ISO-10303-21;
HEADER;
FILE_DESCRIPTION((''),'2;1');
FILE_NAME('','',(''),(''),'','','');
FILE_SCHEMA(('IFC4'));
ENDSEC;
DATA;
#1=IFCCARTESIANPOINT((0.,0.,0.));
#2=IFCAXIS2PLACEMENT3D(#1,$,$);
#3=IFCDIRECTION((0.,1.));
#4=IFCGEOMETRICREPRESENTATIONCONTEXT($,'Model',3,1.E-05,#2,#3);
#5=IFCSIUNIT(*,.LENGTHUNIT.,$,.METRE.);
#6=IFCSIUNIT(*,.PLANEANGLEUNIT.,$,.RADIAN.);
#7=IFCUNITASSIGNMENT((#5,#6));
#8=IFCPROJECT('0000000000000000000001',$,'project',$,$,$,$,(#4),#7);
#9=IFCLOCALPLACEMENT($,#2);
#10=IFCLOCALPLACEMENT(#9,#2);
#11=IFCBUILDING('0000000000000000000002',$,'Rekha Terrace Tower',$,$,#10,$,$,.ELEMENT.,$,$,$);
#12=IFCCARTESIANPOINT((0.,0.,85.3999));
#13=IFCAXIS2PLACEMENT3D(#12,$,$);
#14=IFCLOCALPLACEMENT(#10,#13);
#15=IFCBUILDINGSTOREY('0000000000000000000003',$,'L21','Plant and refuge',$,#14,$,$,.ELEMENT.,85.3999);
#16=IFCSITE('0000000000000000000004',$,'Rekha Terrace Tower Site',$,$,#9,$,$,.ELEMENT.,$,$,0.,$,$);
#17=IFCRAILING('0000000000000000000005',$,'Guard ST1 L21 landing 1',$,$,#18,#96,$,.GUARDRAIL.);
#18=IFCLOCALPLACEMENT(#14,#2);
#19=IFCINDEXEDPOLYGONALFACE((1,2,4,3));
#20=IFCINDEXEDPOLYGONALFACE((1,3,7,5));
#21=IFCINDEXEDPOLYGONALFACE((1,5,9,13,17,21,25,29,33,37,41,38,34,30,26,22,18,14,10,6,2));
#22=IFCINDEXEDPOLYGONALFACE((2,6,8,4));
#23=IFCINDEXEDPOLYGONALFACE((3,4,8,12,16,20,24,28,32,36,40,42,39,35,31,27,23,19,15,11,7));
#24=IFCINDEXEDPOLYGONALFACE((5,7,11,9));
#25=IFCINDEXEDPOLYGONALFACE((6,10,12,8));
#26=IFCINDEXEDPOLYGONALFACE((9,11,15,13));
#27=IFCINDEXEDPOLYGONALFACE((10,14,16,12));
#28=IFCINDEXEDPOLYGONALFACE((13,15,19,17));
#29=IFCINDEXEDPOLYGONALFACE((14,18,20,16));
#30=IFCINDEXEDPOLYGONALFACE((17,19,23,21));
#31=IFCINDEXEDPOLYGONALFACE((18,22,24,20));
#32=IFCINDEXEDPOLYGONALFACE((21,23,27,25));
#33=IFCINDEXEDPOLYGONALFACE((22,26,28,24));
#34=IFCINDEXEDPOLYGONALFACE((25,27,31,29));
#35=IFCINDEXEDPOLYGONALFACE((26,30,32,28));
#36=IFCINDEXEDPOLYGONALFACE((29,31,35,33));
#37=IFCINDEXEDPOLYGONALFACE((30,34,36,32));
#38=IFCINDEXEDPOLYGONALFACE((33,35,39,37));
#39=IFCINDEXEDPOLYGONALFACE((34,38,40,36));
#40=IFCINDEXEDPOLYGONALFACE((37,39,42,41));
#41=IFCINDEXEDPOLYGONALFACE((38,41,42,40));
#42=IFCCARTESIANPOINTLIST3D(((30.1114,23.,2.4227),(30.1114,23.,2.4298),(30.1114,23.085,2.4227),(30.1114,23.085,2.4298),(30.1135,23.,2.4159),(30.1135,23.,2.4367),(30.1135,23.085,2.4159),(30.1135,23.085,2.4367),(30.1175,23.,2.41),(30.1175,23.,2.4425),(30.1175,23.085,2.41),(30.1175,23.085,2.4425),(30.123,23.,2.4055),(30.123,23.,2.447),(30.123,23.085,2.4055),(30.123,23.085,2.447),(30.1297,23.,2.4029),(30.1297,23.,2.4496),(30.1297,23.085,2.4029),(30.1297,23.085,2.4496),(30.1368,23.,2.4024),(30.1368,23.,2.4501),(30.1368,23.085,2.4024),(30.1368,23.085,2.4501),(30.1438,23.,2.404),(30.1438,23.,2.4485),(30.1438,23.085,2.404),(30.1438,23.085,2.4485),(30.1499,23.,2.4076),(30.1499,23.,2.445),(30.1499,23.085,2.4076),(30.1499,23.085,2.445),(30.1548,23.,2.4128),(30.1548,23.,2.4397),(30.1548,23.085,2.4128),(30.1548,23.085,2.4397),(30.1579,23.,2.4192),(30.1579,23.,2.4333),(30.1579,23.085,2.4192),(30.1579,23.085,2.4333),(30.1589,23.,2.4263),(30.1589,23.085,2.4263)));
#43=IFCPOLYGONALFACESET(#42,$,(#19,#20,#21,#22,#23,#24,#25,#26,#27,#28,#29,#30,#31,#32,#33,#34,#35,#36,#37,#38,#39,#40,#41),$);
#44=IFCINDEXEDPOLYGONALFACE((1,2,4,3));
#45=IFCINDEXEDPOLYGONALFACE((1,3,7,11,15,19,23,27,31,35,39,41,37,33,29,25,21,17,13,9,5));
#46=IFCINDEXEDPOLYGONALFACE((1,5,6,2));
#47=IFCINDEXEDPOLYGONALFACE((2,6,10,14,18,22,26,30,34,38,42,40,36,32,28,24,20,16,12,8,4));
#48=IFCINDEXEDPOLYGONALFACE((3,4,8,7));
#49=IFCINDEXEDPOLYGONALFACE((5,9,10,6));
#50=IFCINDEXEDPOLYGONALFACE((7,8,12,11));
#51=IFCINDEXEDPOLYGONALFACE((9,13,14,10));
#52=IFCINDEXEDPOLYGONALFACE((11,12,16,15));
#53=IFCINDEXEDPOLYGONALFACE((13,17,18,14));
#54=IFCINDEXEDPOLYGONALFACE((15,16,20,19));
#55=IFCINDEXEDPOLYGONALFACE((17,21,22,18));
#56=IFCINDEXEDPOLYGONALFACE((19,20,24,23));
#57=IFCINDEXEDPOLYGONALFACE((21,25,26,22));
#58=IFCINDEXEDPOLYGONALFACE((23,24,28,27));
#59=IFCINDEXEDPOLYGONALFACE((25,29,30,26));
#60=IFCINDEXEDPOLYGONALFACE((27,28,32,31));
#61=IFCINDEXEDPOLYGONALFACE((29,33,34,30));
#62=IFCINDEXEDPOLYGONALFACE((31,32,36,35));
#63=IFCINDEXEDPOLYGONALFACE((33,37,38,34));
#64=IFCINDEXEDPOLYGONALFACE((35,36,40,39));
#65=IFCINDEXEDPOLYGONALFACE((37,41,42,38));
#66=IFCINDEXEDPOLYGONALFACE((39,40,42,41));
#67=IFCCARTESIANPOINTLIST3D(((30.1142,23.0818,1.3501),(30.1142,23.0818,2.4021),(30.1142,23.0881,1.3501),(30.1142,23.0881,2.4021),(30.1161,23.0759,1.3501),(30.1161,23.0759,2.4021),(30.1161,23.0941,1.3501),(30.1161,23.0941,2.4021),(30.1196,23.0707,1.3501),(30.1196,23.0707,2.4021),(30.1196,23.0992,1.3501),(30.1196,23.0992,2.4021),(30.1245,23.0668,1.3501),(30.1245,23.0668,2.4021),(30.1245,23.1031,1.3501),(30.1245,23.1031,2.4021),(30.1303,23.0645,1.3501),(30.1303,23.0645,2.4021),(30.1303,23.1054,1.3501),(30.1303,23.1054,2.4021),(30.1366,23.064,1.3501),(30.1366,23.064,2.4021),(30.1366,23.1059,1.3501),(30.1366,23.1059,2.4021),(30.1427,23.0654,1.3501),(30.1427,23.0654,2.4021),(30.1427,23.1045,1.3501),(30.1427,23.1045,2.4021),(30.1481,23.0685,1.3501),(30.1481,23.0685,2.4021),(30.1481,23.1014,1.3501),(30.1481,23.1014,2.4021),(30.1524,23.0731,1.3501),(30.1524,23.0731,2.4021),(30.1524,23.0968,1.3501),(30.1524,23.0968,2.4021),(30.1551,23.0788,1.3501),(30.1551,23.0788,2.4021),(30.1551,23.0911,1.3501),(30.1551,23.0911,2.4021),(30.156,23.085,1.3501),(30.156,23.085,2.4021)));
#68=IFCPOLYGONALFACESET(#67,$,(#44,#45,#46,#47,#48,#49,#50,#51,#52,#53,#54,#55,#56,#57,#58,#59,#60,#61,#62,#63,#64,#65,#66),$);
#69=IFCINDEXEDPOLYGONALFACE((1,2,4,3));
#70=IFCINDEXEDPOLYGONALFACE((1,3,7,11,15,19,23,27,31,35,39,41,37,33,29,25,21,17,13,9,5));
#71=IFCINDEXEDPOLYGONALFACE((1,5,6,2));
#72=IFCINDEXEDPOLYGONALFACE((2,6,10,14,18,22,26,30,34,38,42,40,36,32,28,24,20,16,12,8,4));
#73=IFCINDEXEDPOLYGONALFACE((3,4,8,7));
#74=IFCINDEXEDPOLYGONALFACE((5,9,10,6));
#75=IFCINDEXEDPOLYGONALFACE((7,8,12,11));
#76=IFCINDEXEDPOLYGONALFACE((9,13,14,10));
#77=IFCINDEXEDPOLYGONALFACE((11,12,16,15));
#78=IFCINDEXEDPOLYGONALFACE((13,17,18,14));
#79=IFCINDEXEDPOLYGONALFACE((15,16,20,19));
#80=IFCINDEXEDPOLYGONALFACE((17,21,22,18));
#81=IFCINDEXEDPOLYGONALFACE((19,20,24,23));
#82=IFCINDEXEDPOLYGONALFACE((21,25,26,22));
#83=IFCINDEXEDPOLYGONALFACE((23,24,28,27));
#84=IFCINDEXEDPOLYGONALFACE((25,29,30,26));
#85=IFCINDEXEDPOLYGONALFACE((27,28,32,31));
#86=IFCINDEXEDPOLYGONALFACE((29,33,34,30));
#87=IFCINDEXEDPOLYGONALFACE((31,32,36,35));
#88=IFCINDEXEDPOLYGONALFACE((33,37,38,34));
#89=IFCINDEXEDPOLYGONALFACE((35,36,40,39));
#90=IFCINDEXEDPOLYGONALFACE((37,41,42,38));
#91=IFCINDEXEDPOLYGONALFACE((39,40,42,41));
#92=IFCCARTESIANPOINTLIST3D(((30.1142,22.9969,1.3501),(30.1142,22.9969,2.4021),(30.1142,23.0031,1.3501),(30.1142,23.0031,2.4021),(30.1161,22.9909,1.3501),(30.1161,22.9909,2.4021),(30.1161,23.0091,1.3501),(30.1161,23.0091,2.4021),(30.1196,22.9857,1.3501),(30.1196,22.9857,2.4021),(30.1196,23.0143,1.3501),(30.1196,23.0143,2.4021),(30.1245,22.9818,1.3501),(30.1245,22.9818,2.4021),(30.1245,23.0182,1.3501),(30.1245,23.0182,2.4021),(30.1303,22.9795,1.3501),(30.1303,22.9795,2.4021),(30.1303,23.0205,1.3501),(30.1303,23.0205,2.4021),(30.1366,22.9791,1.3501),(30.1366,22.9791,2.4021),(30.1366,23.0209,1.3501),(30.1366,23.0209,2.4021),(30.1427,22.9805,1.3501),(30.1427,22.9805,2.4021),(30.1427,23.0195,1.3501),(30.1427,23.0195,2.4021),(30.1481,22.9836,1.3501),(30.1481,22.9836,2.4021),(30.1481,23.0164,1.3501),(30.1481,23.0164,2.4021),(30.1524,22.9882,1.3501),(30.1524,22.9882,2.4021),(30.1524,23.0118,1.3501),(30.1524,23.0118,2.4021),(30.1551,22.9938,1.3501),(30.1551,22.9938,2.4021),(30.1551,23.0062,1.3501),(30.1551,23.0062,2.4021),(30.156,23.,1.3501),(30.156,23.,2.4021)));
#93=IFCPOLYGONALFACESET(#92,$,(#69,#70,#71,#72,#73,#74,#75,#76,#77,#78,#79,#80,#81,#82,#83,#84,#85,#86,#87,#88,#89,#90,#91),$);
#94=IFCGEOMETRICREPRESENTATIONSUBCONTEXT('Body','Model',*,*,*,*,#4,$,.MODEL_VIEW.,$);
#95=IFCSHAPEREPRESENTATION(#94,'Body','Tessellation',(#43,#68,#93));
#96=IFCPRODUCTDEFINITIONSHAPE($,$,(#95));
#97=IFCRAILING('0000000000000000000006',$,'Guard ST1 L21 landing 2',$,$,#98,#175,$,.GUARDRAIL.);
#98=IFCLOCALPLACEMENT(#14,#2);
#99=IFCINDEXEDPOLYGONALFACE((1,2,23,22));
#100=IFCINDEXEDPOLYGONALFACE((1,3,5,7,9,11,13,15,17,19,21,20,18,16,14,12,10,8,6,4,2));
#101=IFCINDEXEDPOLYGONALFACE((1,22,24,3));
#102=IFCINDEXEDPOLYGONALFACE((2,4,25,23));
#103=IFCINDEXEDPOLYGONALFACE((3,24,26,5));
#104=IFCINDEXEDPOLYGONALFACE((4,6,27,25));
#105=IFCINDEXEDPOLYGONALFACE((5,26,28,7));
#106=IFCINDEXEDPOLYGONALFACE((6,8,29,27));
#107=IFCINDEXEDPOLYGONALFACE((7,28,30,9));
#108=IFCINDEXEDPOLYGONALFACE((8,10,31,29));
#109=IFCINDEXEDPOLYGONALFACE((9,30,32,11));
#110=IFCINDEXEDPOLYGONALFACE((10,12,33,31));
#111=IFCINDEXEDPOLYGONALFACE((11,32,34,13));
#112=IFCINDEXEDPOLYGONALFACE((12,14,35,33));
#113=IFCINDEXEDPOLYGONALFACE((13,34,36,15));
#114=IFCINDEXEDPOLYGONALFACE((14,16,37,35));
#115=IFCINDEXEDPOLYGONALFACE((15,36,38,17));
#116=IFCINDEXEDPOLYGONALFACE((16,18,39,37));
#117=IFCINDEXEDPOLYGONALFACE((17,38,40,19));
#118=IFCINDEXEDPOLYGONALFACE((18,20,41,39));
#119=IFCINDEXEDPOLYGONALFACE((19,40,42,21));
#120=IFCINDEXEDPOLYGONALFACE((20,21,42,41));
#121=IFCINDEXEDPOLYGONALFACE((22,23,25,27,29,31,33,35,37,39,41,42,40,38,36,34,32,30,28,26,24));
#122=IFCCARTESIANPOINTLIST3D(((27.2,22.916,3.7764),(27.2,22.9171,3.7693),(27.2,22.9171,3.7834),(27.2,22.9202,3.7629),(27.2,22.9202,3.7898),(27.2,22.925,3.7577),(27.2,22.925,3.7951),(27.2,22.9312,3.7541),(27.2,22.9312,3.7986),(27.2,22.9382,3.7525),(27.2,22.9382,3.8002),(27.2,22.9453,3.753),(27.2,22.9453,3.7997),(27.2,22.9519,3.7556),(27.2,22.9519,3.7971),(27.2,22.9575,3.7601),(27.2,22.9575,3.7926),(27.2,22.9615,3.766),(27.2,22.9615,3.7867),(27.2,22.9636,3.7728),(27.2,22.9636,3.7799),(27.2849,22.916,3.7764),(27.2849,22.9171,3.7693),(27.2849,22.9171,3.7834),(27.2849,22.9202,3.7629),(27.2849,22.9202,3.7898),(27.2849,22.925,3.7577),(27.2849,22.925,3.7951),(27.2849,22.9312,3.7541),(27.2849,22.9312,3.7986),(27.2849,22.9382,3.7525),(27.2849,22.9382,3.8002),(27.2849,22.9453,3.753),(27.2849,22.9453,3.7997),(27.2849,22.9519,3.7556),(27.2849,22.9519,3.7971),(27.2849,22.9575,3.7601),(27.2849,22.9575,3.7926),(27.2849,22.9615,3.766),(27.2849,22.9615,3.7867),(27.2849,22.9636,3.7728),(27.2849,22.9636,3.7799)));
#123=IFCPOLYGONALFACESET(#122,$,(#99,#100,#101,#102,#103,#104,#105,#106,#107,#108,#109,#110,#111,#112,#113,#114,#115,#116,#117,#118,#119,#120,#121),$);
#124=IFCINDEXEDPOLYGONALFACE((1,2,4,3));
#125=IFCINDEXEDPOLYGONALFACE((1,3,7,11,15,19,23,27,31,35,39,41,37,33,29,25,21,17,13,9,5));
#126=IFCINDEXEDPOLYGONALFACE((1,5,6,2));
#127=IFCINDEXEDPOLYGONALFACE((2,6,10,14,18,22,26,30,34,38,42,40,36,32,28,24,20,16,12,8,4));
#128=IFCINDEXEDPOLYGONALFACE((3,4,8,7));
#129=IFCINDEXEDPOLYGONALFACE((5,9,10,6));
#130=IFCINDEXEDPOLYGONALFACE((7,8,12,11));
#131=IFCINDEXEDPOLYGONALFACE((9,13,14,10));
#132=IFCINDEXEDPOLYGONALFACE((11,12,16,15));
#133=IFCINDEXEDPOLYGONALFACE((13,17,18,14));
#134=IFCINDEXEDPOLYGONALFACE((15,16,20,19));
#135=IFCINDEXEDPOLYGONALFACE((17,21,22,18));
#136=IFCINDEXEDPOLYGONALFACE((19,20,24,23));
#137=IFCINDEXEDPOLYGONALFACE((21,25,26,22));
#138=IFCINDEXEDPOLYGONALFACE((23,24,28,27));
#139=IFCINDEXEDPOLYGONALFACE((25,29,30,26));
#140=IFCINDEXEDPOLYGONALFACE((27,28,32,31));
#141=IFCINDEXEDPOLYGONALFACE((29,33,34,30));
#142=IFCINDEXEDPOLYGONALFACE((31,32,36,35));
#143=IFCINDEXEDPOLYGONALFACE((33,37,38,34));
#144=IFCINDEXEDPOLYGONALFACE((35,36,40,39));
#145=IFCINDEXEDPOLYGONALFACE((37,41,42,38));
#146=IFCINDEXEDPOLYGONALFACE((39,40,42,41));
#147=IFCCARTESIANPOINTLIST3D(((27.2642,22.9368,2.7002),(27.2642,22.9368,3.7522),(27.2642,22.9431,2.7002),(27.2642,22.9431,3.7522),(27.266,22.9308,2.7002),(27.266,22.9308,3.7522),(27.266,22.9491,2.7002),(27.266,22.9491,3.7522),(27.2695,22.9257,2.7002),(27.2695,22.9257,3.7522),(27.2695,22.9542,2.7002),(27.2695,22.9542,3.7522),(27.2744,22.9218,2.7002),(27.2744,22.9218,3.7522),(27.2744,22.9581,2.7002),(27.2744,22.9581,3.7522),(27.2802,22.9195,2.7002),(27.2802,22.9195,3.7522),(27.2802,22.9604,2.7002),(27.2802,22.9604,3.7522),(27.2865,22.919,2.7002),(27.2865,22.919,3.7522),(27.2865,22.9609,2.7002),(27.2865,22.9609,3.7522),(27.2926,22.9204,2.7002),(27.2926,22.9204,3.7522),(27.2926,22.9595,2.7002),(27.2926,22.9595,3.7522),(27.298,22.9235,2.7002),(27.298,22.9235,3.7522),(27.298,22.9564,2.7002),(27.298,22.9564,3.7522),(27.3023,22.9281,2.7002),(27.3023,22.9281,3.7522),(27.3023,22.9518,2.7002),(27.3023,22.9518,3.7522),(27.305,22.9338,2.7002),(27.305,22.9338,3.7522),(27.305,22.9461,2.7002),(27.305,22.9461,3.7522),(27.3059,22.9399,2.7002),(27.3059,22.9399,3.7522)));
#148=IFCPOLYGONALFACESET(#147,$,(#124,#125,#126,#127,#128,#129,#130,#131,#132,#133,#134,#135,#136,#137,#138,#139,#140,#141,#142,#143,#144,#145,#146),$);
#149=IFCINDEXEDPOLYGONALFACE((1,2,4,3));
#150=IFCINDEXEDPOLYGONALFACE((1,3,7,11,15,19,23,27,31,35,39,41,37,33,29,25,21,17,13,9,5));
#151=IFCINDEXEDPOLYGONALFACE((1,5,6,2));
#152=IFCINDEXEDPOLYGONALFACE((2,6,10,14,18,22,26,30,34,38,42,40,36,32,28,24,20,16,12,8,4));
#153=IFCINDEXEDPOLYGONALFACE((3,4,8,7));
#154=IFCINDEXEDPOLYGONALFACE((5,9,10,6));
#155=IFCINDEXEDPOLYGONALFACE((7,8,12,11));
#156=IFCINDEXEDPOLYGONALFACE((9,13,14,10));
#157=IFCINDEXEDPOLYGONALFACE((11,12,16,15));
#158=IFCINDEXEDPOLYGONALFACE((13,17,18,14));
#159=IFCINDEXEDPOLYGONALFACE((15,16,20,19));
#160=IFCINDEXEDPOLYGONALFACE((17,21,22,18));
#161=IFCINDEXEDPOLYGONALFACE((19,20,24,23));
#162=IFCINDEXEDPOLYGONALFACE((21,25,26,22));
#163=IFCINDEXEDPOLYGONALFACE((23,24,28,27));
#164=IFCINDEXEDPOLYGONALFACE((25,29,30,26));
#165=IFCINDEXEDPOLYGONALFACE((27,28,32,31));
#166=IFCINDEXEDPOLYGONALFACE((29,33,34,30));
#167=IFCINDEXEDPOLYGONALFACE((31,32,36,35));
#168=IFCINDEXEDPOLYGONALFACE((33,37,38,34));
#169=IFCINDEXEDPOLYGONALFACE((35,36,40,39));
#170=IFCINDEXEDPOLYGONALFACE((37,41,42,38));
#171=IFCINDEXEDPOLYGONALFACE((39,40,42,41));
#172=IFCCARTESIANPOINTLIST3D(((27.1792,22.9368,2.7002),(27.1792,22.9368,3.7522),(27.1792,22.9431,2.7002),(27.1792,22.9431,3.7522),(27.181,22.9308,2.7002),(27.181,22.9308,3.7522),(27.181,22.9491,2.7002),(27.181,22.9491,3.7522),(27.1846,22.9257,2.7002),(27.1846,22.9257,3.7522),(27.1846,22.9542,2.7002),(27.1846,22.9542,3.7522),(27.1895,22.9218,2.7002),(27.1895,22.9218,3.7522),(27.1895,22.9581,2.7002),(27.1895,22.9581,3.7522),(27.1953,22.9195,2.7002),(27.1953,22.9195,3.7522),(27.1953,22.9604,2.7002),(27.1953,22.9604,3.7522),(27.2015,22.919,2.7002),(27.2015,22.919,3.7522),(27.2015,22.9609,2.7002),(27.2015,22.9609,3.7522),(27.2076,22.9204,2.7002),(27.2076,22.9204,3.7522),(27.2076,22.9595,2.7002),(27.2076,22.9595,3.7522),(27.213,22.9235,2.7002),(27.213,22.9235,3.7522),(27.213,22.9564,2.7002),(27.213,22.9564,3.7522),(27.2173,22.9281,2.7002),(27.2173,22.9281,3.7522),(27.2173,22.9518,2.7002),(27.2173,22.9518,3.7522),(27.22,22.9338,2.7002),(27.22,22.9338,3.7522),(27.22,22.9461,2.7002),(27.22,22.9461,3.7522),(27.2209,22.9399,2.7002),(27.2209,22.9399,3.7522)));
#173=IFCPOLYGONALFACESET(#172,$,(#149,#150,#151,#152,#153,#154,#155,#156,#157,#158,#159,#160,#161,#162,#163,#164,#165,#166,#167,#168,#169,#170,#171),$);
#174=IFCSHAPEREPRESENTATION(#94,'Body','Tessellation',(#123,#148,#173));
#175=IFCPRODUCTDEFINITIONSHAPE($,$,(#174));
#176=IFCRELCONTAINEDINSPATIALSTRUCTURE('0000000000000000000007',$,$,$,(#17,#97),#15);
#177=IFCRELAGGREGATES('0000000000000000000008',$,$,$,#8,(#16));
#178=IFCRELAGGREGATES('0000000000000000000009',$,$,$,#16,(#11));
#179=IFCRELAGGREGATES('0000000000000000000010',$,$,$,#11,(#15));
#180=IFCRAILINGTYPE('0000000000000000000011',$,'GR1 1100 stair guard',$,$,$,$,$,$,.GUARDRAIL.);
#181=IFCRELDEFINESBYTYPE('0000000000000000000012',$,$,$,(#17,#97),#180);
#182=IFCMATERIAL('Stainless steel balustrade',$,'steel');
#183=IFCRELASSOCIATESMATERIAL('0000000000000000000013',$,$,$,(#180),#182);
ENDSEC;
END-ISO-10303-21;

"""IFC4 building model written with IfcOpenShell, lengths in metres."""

from ifc_helpers import new_model, si_unit, direction, frame, origin, origin_2d, place, context, subcontext, project, spatial, circle, extrude, material, type_object, element, save


model = new_model("IFC4")

# Units and contexts
model_context = context("Model", 3, precision=1e-05, world=origin(), true_north=direction((0.0, 1.0)))
body_context = subcontext(model_context, "Body", "Model", "MODEL_VIEW")
ifc_project = project(units=[si_unit("LENGTHUNIT", "METRE"), si_unit("PLANEANGLEUNIT", "RADIAN")], contexts=[model_context])

# Site, building, storey
site_placement = place(None, origin())
site = spatial("IfcSite", under=ifc_project, at=site_placement, Name="Rekha Terrace Tower Site", CompositionType="ELEMENT", RefElevation=0.0)
building_placement = place(site_placement, origin())
building = spatial("IfcBuilding", under=site, at=building_placement, Name="Rekha Terrace Tower", CompositionType="ELEMENT")
storey_placement = place(building_placement, frame((0.0, 0.0, 85.3999)))
storey = spatial("IfcBuildingStorey", under=building, at=storey_placement, Name="L21", Description="Plant and refuge", CompositionType="ELEMENT", Elevation=85.3999)

# Railings
ifc_material_1 = material(Name="Stainless steel balustrade", Category="steel")
railing_type_1 = type_object("IfcRailingType", Name="GR1 1100 stair guard", PredefinedType="GUARDRAIL", material=ifc_material_1)
railing_1_placement = place(storey_placement, frame((30.135, 23.085, 1.3501)))
element("IfcRailing", 1, at=railing_1_placement, inside=storey, type_object=railing_type_1, Name="Guard ST1 L21 landing 1", PredefinedType="GUARDRAIL", context=body_context, shape_type="SweptSolid", body=[
    extrude(circle(Radius=0.0239, at=origin_2d()), frame((0.0, 0.0, 1.0762), z_axis=(0.0, -1.0, 0.0), x_axis=(1.0, 0.0, 0.0)), (0.0, 0.0, 1.0), 0.085),
    extrude(circle(Radius=0.021, at=origin_2d()), origin(), (0.0, 0.0, 1.0), 1.052),
    extrude(circle(Radius=0.021, at=origin_2d()), frame((0.0, -0.085, 0.0)), (0.0, 0.0, 1.0), 1.052),
])
railing_2_placement = place(storey_placement, frame((27.2849, 22.9399, 2.7002)))
element("IfcRailing", 2, at=railing_2_placement, inside=storey, type_object=railing_type_1, Name="Guard ST1 L21 landing 2", PredefinedType="GUARDRAIL", context=body_context, shape_type="SweptSolid", body=[
    extrude(circle(Radius=0.0239, at=origin_2d()), frame((0.0, 0.0, 1.0762), z_axis=(-1.0, 0.0, 0.0), x_axis=(0.0, -1.0, 0.0)), (0.0, 0.0, 1.0), 0.085),
    extrude(circle(Radius=0.021, at=origin_2d()), origin(), (0.0, 0.0, 1.0), 1.052),
    extrude(circle(Radius=0.021, at=origin_2d()), frame((-0.085, 0.0, 0.0)), (0.0, 0.0, 1.0), 1.052),
])

save(model, "model.ifc")
